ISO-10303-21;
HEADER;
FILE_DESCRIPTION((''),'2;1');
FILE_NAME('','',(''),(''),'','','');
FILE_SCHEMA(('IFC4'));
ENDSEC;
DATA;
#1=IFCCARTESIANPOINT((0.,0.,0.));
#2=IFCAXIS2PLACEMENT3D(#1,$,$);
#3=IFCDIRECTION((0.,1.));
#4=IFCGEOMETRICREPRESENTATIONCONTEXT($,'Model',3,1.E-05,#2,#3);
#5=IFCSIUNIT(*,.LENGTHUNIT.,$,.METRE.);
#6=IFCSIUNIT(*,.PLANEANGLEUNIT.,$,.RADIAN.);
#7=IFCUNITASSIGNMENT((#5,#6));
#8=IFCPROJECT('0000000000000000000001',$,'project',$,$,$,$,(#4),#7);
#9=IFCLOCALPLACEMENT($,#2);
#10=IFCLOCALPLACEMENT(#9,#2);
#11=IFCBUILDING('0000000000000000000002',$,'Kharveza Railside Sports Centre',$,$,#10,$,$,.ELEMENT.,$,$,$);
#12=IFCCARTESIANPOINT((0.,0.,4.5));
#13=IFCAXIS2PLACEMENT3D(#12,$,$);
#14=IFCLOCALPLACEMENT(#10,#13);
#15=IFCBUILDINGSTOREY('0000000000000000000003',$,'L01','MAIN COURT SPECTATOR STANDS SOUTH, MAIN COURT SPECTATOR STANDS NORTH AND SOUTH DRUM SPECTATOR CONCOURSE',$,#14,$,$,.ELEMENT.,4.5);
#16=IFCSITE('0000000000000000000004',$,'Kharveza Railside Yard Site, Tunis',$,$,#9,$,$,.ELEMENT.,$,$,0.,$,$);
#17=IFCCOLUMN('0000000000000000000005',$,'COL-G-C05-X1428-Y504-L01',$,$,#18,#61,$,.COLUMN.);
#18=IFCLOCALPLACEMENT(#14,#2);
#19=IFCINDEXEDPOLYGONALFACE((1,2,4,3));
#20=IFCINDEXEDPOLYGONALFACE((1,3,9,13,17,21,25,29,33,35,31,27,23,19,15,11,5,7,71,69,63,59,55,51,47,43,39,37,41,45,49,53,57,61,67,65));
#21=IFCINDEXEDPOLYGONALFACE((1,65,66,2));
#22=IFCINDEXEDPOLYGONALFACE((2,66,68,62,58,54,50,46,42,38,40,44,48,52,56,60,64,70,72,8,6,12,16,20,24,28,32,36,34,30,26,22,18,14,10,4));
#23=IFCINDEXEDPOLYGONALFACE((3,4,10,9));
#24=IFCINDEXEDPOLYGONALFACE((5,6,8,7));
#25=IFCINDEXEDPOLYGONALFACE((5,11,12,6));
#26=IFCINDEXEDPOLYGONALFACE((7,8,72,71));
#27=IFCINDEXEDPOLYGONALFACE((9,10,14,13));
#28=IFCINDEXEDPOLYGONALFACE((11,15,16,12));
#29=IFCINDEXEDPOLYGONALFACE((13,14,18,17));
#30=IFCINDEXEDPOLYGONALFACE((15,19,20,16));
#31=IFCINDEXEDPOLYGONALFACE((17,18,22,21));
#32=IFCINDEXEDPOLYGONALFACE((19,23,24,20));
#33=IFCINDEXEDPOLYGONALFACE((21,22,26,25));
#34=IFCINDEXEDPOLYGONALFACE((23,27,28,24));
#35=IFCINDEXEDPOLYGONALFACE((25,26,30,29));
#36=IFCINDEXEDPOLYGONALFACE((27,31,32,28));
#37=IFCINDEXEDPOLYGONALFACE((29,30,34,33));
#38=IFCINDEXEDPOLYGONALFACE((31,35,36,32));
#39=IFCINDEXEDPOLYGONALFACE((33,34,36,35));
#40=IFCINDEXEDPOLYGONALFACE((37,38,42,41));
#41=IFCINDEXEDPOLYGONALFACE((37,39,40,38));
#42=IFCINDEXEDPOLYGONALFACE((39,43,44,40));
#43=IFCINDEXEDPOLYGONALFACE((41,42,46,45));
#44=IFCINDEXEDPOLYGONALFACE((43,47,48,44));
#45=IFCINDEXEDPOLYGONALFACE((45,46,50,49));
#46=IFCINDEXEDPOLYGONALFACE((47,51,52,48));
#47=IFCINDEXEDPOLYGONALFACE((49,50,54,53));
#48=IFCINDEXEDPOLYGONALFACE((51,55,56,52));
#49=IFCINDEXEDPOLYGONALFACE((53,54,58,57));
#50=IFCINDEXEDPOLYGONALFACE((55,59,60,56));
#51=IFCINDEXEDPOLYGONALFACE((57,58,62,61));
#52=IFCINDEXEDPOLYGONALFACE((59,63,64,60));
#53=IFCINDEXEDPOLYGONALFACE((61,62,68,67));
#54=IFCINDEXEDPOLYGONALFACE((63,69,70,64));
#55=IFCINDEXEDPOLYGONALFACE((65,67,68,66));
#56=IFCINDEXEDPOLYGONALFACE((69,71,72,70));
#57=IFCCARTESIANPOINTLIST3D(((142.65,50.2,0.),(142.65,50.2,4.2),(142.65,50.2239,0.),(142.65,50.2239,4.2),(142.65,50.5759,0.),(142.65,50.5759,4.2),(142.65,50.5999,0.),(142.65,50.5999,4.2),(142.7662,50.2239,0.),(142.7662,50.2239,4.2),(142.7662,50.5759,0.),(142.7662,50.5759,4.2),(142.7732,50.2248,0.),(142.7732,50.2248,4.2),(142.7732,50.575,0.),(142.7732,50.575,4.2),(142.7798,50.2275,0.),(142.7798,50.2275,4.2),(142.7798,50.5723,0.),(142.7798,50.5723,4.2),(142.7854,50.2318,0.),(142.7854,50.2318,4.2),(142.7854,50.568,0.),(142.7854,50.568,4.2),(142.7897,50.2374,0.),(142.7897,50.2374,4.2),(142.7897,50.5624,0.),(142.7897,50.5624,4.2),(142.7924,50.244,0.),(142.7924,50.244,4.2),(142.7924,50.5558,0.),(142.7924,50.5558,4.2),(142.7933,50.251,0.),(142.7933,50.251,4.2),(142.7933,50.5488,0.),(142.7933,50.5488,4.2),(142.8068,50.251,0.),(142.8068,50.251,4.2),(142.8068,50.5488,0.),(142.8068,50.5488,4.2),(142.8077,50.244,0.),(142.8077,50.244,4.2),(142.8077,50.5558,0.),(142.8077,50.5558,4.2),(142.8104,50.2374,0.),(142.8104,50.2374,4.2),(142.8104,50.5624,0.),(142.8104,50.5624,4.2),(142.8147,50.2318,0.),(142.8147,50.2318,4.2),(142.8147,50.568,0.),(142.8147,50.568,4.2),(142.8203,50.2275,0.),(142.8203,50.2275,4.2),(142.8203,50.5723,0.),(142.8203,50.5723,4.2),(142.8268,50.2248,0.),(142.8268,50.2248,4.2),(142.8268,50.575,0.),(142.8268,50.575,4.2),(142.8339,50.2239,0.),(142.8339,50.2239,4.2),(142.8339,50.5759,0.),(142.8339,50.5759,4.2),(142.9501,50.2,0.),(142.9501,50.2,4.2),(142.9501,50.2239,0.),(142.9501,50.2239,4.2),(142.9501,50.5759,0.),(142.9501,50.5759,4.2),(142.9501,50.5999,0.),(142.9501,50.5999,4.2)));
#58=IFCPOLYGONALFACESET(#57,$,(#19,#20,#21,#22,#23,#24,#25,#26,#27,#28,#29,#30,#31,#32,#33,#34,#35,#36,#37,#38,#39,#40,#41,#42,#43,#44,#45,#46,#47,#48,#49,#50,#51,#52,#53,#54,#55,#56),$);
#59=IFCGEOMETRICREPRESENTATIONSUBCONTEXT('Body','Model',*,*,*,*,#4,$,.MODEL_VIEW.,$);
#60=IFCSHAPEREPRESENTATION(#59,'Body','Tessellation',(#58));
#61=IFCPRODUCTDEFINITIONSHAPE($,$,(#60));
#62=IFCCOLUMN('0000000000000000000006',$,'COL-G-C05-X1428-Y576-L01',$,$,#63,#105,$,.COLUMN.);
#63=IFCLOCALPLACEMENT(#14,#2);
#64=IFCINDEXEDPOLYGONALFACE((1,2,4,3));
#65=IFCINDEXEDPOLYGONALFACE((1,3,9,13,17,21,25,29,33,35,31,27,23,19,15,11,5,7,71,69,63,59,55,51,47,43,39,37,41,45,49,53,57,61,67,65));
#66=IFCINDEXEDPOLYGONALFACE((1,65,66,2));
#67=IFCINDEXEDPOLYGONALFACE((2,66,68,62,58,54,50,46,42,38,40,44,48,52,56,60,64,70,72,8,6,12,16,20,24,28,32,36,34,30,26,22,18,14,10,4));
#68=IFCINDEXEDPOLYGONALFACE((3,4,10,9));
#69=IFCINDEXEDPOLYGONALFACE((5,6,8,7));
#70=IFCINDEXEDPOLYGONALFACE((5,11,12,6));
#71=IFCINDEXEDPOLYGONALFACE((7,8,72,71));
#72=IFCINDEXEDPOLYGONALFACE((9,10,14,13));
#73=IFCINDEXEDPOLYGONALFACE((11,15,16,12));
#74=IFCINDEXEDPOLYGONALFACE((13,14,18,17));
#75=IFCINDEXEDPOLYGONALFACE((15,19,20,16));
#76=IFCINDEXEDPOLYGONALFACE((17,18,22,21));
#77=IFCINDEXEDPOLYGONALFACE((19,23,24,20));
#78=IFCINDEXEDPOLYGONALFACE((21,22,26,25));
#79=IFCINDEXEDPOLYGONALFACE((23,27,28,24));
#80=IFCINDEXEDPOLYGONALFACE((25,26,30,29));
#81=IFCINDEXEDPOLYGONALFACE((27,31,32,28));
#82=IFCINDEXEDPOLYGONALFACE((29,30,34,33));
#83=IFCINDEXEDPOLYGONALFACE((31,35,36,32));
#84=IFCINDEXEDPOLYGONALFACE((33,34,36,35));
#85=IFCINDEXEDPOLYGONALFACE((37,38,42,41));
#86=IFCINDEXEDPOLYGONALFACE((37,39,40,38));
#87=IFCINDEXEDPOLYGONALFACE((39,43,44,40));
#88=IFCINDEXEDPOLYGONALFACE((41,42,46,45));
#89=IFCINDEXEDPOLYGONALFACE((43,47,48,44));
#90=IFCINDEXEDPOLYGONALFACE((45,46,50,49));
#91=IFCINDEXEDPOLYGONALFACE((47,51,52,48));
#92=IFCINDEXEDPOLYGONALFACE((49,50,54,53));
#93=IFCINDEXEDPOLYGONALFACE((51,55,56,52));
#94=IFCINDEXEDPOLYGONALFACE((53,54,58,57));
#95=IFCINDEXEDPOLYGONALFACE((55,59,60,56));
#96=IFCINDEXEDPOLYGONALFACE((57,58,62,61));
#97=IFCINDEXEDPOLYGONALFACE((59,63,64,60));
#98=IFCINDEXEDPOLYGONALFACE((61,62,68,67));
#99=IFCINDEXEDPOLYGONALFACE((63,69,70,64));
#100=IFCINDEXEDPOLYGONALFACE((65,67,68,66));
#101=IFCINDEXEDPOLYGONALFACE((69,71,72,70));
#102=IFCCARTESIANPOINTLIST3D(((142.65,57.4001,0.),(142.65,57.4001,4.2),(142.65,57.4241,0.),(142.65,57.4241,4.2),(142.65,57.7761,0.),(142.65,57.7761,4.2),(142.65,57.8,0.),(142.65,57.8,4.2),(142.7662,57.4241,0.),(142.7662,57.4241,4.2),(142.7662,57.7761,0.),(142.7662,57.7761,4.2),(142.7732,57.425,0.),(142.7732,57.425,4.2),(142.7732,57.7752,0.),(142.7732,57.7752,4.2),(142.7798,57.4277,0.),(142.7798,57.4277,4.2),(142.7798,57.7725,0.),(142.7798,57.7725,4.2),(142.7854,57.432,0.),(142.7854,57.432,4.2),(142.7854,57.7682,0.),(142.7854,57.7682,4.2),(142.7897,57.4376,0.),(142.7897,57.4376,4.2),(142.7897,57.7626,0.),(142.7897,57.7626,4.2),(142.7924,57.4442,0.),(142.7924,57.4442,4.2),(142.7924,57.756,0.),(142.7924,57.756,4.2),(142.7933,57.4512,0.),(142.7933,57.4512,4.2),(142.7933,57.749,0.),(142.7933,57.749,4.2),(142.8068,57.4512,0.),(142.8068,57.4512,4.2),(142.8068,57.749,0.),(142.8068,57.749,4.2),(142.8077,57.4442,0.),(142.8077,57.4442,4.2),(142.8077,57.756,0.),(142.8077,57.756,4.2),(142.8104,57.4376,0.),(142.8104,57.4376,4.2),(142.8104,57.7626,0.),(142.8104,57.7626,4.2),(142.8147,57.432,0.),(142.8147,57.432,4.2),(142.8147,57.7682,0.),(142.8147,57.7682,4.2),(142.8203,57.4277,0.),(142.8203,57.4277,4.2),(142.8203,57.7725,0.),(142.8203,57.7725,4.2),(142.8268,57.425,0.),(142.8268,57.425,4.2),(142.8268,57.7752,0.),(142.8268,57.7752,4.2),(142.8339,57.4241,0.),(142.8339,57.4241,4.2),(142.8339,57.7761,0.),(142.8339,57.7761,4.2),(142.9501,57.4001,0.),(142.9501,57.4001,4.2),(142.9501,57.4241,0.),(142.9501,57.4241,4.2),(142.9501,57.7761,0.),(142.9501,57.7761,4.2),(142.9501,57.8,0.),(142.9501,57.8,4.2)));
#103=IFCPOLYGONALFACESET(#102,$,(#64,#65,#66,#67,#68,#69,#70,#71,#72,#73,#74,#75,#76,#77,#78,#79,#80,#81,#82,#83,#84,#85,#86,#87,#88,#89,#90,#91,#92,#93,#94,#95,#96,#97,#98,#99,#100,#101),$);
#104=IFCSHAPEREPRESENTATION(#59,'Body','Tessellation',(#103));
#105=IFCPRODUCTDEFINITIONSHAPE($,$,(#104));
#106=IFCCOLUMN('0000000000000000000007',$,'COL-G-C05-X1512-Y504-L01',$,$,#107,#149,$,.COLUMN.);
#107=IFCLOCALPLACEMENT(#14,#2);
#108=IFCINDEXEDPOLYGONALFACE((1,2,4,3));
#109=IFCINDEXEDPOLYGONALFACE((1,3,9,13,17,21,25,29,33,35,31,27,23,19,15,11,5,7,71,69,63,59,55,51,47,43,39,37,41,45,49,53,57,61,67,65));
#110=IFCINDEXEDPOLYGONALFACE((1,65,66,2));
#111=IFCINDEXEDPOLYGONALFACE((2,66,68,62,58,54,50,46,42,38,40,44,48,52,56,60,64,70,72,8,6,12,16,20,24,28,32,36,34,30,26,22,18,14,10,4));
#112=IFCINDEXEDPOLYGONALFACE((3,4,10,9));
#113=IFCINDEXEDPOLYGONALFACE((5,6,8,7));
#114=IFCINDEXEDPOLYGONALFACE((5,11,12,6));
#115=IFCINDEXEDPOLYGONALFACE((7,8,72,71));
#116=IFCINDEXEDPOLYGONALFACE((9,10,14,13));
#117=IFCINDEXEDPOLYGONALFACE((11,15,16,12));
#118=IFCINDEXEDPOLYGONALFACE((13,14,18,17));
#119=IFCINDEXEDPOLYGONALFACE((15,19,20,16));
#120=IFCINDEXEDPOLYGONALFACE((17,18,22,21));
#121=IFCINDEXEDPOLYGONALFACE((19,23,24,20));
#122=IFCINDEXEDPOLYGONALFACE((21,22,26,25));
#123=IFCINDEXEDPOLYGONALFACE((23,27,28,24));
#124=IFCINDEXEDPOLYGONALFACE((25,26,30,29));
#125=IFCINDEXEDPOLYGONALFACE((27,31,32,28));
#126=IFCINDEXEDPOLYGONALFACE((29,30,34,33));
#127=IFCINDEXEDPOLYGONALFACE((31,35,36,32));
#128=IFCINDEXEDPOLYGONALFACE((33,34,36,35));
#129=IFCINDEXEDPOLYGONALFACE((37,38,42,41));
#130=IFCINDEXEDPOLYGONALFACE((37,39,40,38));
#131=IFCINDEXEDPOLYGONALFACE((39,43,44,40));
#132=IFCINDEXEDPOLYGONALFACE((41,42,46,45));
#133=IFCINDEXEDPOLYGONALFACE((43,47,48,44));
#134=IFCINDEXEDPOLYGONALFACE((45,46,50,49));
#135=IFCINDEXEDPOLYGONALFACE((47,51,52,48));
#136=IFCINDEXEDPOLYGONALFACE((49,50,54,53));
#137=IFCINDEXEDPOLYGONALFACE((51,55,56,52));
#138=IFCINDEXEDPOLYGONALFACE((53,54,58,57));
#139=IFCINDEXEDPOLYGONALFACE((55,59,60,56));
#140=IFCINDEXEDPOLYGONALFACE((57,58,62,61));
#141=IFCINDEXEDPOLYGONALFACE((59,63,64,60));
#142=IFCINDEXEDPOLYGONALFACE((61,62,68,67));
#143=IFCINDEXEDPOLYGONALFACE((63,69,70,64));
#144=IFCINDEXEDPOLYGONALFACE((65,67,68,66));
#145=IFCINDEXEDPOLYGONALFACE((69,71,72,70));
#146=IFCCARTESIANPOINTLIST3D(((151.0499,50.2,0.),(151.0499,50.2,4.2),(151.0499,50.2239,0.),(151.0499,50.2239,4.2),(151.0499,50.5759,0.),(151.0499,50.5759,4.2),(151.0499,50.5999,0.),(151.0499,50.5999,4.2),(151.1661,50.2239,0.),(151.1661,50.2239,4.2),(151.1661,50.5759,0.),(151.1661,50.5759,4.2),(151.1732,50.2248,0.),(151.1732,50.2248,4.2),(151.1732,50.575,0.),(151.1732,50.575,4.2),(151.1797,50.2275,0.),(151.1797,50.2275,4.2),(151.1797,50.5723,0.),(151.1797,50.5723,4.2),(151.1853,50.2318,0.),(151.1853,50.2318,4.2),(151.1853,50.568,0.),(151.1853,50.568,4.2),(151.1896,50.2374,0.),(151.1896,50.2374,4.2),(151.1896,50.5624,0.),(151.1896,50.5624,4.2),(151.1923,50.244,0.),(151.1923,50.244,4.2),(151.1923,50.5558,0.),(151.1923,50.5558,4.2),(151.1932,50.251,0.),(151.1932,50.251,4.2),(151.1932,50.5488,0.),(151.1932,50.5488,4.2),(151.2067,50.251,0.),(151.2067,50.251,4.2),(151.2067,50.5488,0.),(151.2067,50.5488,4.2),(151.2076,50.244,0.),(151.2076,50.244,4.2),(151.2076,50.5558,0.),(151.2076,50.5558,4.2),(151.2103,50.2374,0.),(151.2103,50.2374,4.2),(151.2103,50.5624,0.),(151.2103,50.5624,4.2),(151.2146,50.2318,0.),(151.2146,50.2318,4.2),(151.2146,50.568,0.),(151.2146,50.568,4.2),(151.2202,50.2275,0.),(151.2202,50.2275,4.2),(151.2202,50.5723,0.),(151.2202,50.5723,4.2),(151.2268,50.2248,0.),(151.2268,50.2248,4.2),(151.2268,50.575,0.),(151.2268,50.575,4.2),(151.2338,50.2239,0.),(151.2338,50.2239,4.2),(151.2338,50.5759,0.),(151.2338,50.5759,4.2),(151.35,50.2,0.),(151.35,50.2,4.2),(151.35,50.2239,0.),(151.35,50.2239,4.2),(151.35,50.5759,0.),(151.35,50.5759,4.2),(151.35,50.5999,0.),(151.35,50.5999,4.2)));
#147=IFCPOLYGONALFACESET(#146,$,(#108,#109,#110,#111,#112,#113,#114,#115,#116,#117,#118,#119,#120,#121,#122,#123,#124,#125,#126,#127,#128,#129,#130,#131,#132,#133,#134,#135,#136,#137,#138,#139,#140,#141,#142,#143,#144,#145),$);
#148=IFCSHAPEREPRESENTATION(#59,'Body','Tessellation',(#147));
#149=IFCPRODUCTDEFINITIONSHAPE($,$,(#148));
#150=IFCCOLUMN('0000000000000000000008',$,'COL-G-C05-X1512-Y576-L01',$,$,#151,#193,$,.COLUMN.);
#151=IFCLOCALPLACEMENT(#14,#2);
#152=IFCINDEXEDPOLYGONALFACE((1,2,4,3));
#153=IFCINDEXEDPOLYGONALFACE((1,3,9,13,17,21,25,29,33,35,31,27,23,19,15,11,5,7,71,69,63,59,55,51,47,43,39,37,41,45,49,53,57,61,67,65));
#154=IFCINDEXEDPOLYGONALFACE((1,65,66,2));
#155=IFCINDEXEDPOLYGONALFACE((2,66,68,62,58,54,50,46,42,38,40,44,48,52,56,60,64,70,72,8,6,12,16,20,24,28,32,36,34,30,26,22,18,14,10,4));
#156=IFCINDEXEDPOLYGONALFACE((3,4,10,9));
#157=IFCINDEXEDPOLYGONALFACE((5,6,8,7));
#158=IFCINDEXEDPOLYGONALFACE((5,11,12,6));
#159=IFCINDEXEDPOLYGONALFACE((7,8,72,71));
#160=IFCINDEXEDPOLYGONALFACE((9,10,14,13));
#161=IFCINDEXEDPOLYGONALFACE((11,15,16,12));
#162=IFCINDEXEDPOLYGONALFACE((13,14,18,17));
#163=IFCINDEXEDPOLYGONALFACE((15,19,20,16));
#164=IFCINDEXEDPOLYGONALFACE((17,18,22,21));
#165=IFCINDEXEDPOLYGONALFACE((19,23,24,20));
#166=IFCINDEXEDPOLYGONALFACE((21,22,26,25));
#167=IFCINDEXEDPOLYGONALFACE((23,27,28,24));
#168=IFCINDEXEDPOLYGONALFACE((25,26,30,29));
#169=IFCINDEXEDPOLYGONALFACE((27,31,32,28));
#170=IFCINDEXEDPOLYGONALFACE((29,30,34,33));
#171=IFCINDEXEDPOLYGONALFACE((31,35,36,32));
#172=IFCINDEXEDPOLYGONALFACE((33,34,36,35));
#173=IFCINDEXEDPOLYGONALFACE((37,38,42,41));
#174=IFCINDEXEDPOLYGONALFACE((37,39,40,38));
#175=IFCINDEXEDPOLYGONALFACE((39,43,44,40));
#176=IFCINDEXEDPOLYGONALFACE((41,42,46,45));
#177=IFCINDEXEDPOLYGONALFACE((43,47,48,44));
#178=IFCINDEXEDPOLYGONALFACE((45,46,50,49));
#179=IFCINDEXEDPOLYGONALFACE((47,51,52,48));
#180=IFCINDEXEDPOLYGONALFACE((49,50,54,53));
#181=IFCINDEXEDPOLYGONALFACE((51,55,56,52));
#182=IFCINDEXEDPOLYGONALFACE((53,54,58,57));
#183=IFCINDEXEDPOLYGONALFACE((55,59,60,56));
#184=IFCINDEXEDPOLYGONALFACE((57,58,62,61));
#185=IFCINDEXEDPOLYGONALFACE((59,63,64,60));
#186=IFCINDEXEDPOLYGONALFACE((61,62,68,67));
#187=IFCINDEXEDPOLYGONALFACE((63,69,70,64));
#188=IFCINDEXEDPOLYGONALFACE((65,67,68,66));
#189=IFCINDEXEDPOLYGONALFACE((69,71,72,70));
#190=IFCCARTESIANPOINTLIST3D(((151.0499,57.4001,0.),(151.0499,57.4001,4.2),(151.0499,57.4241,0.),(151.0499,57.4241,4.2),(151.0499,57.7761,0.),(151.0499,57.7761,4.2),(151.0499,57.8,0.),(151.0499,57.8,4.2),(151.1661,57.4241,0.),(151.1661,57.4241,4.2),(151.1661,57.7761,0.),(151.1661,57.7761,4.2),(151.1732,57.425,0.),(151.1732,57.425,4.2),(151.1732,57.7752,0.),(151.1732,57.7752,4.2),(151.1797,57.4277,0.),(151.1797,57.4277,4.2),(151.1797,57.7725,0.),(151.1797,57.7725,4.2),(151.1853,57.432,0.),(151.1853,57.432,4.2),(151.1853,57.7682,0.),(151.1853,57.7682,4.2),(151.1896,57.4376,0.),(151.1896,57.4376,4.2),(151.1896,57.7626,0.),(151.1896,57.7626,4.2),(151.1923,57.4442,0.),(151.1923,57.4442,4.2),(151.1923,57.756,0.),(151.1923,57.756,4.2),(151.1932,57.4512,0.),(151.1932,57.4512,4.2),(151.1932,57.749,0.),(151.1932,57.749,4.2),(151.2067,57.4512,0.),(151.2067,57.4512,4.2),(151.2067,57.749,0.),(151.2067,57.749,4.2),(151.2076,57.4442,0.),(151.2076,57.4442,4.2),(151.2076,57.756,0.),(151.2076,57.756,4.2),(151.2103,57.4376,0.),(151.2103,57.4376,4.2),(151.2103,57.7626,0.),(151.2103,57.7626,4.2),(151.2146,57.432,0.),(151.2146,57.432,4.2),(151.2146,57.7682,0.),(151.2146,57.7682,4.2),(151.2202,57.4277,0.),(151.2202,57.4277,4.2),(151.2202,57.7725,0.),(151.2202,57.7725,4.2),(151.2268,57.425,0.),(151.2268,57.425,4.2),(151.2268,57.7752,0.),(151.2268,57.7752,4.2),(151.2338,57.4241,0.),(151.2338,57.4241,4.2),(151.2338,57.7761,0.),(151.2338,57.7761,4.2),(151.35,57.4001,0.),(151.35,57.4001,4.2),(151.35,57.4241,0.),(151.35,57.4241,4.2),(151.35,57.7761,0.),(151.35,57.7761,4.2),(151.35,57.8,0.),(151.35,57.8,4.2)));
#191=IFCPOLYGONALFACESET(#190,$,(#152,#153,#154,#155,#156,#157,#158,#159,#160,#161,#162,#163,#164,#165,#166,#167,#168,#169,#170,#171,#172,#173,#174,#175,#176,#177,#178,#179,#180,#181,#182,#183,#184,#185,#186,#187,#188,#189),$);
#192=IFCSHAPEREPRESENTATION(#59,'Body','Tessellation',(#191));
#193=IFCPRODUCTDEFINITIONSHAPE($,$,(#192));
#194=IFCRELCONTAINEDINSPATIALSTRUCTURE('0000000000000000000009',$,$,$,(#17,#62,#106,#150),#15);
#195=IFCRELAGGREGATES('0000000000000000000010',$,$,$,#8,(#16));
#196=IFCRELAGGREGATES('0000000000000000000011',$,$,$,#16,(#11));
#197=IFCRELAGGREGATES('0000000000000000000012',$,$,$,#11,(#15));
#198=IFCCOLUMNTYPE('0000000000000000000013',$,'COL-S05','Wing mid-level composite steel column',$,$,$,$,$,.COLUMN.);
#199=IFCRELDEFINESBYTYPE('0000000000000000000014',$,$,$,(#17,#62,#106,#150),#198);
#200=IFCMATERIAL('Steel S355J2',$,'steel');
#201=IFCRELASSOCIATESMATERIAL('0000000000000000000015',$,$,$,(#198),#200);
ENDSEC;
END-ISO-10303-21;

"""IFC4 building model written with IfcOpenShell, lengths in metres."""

from ifc_helpers import new_model, si_unit, direction, frame, origin, origin_2d, place, context, subcontext, project, spatial, i_section, extrude, material, material_profile, profile_set, type_object, element, save


model = new_model("IFC4")

# Units and contexts
model_context = context("Model", 3, precision=1e-05, world=origin(), true_north=direction((0.0, 1.0)))
body_context = subcontext(model_context, "Body", "Model", "MODEL_VIEW")
ifc_project = project(units=[si_unit("LENGTHUNIT", "METRE"), si_unit("PLANEANGLEUNIT", "RADIAN")], contexts=[model_context])

# Site, building, storey
site_placement = place(None, origin())
site = spatial("IfcSite", under=ifc_project, at=site_placement, Name="Kharveza Railside Yard Site, Tunis", CompositionType="ELEMENT", RefElevation=0.0)
building_placement = place(site_placement, origin())
building = spatial("IfcBuilding", under=site, at=building_placement, Name="Kharveza Railside Sports Centre", CompositionType="ELEMENT")
storey_placement = place(building_placement, frame((0.0, 0.0, 4.5)))
storey = spatial("IfcBuildingStorey", under=building, at=storey_placement, Name="L01", Description="MAIN COURT SPECTATOR STANDS SOUTH, MAIN COURT SPECTATOR STANDS NORTH AND SOUTH DRUM SPECTATOR CONCOURSE", CompositionType="ELEMENT", Elevation=4.5)

# Columns
ifc_material_1 = material(Name="Steel S355J2", Category="steel")
ifc_material_profile_1 = material_profile(ifc_material_1, i_section(OverallWidth=0.3, OverallDepth=0.3999, WebThickness=0.0134, FlangeThickness=0.0239, FilletRadius=0.0271, at=origin_2d()), Name="HEB 400")
ifc_profile_set_1 = profile_set([ifc_material_profile_1], Name="Steel S355J2")
column_type = type_object("IfcColumnType", Name="COL-S05", Description="Wing mid-level composite steel column", PredefinedType="COLUMN", material=ifc_profile_set_1)
for number, where, z_axis, x_axis, name in (
    (1, (142.8, 50.3999, 0.0), (0.0, 0.0, 1.0), (1.0, 0.0, 0.0), "COL-G-C05-X1428-Y504-L01"),
    (2, (142.8, 57.6001, 0.0), (0.0, 0.0, 1.0), (1.0, 0.0, 0.0), "COL-G-C05-X1428-Y576-L01"),
    (3, (151.2, 50.3999, 0.0), (0.0, 0.0, 1.0), (1.0, 0.0, 0.0), "COL-G-C05-X1512-Y504-L01"),
    (4, (151.2, 57.6001, 0.0), (0.0, 0.0, 1.0), (1.0, 0.0, 0.0), "COL-G-C05-X1512-Y576-L01"),
):
    element("IfcColumn", number, at=place(storey_placement, frame(where, z_axis=z_axis, x_axis=x_axis)), inside=storey, type_object=column_type, Name=name, PredefinedType="COLUMN", context=body_context, shape_type="SweptSolid", body=[
        extrude(i_section(OverallWidth=0.3, OverallDepth=0.3999, WebThickness=0.0134, FlangeThickness=0.0239, FilletRadius=0.0271, at=origin_2d()), origin(), (0.0, 0.0, 1.0), 4.2),
    ])

save(model, "model.ifc")
